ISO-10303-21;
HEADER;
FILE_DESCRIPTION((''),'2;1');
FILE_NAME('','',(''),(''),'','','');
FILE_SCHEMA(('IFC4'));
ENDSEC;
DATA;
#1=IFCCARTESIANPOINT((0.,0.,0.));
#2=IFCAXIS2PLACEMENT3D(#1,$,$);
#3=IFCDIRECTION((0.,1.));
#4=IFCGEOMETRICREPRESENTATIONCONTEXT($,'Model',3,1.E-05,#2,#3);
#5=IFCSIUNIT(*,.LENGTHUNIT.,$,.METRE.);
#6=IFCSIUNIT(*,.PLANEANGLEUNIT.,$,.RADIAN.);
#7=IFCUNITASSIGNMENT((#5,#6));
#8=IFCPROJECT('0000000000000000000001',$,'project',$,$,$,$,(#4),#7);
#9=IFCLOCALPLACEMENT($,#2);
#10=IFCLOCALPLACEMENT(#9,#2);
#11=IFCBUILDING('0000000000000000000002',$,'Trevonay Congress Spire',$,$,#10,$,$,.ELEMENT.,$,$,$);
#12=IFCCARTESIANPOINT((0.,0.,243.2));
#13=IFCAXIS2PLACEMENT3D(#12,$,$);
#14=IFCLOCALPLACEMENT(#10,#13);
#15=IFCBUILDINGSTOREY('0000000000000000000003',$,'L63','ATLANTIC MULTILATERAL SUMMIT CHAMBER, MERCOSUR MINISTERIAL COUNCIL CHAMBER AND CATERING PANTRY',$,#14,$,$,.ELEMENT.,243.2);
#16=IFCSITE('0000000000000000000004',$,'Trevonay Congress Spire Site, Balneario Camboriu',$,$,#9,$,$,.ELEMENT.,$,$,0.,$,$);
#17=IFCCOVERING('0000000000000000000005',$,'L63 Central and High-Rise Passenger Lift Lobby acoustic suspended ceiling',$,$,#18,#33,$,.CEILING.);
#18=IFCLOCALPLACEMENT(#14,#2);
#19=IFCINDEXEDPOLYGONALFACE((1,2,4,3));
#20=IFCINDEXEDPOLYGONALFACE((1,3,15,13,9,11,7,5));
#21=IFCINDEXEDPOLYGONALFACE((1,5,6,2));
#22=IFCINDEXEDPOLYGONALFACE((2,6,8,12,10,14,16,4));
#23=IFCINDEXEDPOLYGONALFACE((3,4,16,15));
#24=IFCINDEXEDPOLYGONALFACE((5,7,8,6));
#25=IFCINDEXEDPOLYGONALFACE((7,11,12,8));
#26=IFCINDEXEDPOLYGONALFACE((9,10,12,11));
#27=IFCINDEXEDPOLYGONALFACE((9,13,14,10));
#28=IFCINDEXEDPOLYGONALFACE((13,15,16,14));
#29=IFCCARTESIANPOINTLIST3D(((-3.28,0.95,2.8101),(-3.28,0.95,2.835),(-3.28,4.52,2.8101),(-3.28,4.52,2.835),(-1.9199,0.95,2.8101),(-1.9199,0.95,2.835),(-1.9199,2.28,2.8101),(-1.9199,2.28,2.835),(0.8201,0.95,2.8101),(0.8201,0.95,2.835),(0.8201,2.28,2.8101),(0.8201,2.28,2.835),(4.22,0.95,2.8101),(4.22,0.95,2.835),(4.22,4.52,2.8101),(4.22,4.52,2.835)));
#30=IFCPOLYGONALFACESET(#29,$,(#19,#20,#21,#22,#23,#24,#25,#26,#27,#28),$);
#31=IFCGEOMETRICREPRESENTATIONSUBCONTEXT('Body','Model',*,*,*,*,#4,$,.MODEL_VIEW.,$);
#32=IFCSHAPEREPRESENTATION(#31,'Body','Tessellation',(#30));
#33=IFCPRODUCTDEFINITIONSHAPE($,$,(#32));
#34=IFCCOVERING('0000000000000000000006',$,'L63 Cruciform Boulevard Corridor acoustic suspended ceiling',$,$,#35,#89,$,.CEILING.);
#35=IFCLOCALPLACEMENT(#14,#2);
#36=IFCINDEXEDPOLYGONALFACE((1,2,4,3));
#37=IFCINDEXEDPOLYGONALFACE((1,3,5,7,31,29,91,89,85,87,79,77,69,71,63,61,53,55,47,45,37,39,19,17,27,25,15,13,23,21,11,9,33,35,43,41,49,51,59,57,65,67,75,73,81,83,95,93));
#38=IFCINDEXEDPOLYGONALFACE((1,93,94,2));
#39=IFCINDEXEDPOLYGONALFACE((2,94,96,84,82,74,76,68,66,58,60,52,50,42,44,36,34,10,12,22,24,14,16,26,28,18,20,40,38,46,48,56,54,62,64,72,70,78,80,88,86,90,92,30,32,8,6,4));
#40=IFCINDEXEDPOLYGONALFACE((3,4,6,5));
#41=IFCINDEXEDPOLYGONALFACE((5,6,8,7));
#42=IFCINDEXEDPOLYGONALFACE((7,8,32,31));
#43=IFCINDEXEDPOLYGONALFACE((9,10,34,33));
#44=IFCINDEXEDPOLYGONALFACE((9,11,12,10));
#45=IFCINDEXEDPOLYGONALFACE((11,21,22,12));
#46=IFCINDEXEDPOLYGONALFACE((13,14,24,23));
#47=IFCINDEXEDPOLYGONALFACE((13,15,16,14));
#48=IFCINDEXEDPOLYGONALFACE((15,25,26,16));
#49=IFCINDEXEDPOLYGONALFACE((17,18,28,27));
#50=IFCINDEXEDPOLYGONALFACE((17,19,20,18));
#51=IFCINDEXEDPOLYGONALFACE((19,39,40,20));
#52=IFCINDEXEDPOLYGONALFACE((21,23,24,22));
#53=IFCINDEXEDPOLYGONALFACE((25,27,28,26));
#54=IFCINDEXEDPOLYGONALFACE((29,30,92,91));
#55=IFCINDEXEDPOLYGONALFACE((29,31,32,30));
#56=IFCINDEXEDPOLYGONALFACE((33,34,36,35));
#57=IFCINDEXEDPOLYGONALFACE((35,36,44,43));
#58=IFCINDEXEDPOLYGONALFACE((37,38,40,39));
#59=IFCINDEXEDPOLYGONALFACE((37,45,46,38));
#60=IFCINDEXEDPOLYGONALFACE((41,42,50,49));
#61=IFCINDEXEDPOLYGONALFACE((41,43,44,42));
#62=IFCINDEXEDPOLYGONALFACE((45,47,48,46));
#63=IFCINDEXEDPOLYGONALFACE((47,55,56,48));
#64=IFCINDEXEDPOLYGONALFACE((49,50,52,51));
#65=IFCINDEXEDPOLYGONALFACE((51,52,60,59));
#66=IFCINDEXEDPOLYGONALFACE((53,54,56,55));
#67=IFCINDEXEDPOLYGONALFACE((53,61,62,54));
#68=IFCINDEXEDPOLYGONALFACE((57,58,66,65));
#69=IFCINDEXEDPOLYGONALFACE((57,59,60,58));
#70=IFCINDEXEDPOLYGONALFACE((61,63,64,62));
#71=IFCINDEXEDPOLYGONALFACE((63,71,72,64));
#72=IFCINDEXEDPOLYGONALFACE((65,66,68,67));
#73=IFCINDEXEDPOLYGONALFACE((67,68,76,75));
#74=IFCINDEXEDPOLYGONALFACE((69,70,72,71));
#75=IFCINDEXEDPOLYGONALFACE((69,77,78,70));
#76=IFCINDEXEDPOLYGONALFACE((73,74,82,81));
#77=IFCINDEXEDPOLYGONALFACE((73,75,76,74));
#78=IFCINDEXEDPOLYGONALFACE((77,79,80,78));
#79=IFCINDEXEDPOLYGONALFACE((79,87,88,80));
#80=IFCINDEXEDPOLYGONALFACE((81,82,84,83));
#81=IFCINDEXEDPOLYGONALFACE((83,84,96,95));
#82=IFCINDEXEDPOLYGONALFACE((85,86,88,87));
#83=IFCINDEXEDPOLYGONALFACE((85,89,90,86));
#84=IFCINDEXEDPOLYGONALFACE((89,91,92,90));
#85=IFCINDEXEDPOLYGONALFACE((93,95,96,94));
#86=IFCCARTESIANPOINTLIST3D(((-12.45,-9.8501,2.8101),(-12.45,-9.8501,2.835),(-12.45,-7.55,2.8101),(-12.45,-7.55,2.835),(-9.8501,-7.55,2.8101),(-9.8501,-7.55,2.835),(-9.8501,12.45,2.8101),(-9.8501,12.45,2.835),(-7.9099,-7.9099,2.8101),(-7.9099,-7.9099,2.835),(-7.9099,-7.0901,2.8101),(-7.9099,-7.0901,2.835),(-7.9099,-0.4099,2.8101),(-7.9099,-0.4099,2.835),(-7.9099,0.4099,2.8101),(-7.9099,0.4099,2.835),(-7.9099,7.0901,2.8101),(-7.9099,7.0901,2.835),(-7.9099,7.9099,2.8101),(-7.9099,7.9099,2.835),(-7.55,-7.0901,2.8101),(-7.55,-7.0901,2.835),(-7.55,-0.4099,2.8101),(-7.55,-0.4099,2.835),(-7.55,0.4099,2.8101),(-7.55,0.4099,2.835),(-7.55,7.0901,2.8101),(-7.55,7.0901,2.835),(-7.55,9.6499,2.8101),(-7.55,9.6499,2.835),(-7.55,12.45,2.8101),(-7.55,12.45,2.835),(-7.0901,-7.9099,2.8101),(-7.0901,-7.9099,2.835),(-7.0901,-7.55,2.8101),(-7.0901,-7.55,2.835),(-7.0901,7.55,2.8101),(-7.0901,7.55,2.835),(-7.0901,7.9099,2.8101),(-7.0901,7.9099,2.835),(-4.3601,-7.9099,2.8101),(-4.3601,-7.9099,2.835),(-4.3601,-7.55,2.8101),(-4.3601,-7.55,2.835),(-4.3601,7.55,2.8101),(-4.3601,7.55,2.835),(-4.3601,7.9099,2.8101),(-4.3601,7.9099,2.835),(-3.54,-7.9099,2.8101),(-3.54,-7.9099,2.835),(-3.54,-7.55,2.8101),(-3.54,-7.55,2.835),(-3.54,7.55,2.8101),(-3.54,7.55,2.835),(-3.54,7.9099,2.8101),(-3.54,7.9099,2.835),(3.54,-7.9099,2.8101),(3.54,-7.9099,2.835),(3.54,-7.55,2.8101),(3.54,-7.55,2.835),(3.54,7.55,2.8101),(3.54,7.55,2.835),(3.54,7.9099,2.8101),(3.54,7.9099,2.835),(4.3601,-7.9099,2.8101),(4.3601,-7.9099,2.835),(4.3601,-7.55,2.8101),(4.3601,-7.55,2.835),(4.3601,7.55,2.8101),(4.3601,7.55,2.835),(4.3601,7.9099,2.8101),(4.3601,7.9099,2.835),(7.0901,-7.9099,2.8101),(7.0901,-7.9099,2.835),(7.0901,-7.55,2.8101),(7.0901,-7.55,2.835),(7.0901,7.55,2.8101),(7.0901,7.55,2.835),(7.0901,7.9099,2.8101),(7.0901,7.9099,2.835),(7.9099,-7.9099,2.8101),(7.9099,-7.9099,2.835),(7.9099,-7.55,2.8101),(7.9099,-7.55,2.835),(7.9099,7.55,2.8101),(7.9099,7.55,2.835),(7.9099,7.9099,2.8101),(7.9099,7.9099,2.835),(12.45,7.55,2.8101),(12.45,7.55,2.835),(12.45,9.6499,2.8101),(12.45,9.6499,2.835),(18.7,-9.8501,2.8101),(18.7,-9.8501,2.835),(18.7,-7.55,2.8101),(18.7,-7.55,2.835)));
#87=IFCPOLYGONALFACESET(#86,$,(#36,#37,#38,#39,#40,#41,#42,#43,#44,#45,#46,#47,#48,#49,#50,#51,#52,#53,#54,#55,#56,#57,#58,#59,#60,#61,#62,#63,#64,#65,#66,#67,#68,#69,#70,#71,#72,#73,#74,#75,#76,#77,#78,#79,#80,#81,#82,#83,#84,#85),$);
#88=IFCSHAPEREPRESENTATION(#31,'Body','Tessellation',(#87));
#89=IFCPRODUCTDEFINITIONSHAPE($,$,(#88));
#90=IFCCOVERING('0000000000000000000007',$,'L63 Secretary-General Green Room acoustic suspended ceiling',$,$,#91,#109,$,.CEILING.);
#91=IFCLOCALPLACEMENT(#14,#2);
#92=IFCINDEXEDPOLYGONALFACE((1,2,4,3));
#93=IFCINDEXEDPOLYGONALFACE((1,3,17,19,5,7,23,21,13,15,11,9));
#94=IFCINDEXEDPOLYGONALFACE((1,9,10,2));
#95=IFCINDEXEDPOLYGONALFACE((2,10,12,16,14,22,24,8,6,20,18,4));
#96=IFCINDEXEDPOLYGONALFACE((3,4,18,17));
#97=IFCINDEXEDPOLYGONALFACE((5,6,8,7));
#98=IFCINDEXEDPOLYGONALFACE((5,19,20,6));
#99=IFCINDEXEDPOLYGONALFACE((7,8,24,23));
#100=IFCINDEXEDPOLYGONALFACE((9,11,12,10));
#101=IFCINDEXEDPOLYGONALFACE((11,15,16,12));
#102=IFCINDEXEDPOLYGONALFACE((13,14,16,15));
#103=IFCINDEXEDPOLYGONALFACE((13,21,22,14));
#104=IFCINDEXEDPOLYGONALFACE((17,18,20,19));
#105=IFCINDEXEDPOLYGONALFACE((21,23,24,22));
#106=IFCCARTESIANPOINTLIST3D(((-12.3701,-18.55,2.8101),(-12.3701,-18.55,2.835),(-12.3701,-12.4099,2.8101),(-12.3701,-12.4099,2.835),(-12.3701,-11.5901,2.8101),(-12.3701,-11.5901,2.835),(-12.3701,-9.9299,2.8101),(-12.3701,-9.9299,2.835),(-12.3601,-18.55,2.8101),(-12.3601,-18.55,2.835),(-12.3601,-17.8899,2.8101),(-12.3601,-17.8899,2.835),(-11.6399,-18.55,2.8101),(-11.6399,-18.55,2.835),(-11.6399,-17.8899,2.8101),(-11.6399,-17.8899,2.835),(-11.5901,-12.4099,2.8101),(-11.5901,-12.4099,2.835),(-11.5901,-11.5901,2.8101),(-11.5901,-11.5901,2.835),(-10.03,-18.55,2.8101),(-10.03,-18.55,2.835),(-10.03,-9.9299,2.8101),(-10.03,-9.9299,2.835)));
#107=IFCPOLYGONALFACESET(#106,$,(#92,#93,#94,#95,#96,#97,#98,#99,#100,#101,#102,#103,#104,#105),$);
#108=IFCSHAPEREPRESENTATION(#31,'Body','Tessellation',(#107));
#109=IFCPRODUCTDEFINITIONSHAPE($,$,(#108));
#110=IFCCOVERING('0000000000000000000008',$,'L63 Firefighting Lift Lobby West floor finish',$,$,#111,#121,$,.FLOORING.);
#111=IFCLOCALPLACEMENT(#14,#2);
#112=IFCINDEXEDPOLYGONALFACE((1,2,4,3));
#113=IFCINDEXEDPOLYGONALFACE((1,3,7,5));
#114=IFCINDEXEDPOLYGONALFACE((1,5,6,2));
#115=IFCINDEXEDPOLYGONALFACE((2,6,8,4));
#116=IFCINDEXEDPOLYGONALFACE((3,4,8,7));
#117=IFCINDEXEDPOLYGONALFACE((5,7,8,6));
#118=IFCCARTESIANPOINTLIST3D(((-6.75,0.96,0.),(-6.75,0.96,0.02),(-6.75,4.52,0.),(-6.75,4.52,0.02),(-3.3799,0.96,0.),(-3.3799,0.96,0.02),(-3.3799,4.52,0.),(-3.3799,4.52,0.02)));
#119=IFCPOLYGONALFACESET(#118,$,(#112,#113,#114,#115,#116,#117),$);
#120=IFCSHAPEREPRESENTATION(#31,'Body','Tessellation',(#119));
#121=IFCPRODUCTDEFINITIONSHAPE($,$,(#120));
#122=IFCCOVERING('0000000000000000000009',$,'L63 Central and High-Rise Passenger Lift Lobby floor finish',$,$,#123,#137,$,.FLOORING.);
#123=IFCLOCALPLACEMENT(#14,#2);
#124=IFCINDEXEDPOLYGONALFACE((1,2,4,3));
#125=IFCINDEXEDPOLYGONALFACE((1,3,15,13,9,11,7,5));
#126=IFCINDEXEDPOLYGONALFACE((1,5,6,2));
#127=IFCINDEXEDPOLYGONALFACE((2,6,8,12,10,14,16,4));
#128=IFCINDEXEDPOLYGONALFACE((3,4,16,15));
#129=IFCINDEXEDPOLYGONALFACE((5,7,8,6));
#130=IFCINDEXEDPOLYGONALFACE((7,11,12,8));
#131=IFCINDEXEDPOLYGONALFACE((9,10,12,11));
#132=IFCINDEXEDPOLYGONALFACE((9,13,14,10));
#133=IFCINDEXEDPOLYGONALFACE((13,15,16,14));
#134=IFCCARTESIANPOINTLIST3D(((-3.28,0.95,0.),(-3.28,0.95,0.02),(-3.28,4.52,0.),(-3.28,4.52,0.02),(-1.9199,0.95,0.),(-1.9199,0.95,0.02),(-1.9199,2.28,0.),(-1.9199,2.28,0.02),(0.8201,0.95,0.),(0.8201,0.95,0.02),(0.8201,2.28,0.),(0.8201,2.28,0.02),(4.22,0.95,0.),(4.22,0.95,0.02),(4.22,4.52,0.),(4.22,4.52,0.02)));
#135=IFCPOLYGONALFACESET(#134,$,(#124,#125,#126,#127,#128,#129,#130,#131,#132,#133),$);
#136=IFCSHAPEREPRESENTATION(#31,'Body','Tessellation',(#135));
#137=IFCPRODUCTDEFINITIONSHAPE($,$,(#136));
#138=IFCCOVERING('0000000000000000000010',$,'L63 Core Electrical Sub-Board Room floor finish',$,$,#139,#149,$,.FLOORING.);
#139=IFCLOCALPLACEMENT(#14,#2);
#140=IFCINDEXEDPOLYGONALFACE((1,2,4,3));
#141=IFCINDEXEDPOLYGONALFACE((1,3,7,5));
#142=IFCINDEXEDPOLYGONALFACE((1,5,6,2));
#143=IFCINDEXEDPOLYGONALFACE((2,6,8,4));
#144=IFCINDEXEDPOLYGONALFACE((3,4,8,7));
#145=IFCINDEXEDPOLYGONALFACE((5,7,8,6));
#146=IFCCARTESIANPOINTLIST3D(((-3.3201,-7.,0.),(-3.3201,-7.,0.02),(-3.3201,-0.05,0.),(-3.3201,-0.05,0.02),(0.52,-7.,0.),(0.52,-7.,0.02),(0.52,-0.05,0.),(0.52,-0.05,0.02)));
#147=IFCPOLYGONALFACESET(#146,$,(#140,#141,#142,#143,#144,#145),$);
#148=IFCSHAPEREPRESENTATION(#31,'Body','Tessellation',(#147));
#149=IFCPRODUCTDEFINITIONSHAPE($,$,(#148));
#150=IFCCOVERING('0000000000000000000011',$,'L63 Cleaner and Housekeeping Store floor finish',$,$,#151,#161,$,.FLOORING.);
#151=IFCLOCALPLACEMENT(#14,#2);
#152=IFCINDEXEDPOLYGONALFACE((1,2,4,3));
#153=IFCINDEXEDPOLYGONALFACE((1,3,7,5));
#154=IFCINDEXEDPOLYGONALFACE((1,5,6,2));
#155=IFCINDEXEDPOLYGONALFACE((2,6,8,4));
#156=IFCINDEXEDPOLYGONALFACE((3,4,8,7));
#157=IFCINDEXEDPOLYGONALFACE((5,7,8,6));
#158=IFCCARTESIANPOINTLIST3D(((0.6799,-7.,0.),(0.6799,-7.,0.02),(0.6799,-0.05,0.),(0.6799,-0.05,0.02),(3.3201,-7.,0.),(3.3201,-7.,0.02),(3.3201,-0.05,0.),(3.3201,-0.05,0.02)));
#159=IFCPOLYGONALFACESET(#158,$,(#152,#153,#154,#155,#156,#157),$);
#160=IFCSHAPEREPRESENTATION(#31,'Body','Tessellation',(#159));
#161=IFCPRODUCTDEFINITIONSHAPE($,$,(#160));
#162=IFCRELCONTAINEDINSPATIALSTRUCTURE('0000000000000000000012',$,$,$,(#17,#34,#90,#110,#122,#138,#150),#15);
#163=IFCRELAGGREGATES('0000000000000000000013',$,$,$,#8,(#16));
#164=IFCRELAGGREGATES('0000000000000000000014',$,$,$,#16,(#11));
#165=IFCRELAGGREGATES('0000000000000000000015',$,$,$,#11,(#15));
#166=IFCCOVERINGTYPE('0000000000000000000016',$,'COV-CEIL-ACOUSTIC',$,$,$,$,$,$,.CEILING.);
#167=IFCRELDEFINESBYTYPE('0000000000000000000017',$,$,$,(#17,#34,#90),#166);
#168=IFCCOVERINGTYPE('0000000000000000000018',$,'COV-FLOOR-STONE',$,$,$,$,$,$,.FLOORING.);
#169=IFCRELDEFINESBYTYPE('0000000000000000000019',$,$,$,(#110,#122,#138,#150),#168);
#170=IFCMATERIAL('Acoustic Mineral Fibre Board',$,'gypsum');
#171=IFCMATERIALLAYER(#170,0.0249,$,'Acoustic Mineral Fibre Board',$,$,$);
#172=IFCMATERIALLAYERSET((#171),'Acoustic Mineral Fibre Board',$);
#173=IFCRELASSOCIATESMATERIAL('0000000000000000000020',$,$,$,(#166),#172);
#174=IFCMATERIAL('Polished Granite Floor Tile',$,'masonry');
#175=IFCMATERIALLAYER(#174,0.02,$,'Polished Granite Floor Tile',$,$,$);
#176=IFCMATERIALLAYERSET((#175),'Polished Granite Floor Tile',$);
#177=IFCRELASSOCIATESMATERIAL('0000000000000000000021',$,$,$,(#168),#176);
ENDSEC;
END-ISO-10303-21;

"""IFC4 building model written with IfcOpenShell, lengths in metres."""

from ifc_helpers import new_model, si_unit, direction, frame, origin, place, context, subcontext, project, spatial, polyline, outline, extrude, material, layer, layer_set, type_object, element, save


model = new_model("IFC4")

# Units and contexts
model_context = context("Model", 3, precision=1e-05, world=origin(), true_north=direction((0.0, 1.0)))
body_context = subcontext(model_context, "Body", "Model", "MODEL_VIEW")
ifc_project = project(units=[si_unit("LENGTHUNIT", "METRE"), si_unit("PLANEANGLEUNIT", "RADIAN")], contexts=[model_context])

# Site, building, storey
site_placement = place(None, origin())
site = spatial("IfcSite", under=ifc_project, at=site_placement, Name="Trevonay Congress Spire Site, Balneario Camboriu", CompositionType="ELEMENT", RefElevation=0.0)
building_placement = place(site_placement, origin())
building = spatial("IfcBuilding", under=site, at=building_placement, Name="Trevonay Congress Spire", CompositionType="ELEMENT")
storey_placement = place(building_placement, frame((0.0, 0.0, 243.2)))
storey = spatial("IfcBuildingStorey", under=building, at=storey_placement, Name="L63", Description="ATLANTIC MULTILATERAL SUMMIT CHAMBER, MERCOSUR MINISTERIAL COUNCIL CHAMBER AND CATERING PANTRY", CompositionType="ELEMENT", Elevation=243.2)

# Coverings
ifc_material_1 = material(Name="Acoustic Mineral Fibre Board", Category="gypsum")
ifc_layer_1 = layer(ifc_material_1, 0.0249, Name="Acoustic Mineral Fibre Board")
ifc_layer_set_1 = layer_set([ifc_layer_1], Name="Acoustic Mineral Fibre Board")
covering_type_1 = type_object("IfcCoveringType", Name="COV-CEIL-ACOUSTIC", PredefinedType="CEILING", material=ifc_layer_set_1)
covering_1_placement = place(storey_placement, frame((0.0, 0.0, 2.8101)))
element("IfcCovering", 1, at=covering_1_placement, inside=storey, type_object=covering_type_1, Name="L63 Central and High-Rise Passenger Lift Lobby acoustic suspended ceiling", PredefinedType="CEILING", context=body_context, shape_type="SweptSolid", body=[
    extrude(outline(polyline([(-3.28, 0.95), (-1.9199, 0.95), (-1.9199, 2.28), (0.8201, 2.28), (0.8201, 0.95), (4.22, 0.95), (4.22, 4.52), (-3.28, 4.52), (-3.28, 0.95)])), origin(), (0.0, 0.0, 1.0), 0.0249),
])
covering_2_placement = place(storey_placement, frame((0.0, 0.0, 2.8101)))
element("IfcCovering", 2, at=covering_2_placement, inside=storey, type_object=covering_type_1, Name="L63 Cruciform Boulevard Corridor acoustic suspended ceiling", PredefinedType="CEILING", context=body_context, shape_type="SweptSolid", body=[
    extrude(outline(polyline([(18.7, -7.55), (18.7, -9.8501), (-12.45, -9.8501), (-12.45, -7.55), (-9.8501, -7.55), (-9.8501, 12.45), (-7.55, 12.45), (-7.55, 9.6499), (12.45, 9.6499), (12.45, 7.55), (7.9099, 7.55), (7.9099, 7.9099), (7.0901, 7.9099), (7.0901, 7.55), (4.3601, 7.55), (4.3601, 7.9099), (3.54, 7.9099), (3.54, 7.55), (-3.54, 7.55), (-3.54, 7.9099), (-4.3601, 7.9099), (-4.3601, 7.55), (-7.0901, 7.55), (-7.0901, 7.9099), (-7.9099, 7.9099), (-7.9099, 7.0901), (-7.55, 7.0901), (-7.55, 0.4099), (-7.9099, 0.4099), (-7.9099, -0.4099), (-7.55, -0.4099), (-7.55, -7.0901), (-7.9099, -7.0901), (-7.9099, -7.9099), (-7.0901, -7.9099), (-7.0901, -7.55), (-4.3601, -7.55), (-4.3601, -7.9099), (-3.54, -7.9099), (-3.54, -7.55), (3.54, -7.55), (3.54, -7.9099), (4.3601, -7.9099), (4.3601, -7.55), (7.0901, -7.55), (7.0901, -7.9099), (7.9099, -7.9099), (7.9099, -7.55), (18.7, -7.55)])), origin(), (0.0, 0.0, 1.0), 0.0249),
])
covering_3_placement = place(storey_placement, frame((0.0, 0.0, 2.8101)))
element("IfcCovering", 3, at=covering_3_placement, inside=storey, type_object=covering_type_1, Name="L63 Secretary-General Green Room acoustic suspended ceiling", PredefinedType="CEILING", context=body_context, shape_type="SweptSolid", body=[
    extrude(outline(polyline([(-12.3701, -18.55), (-12.3701, -12.4099), (-11.5901, -12.4099), (-11.5901, -11.5901), (-12.3701, -11.5901), (-12.3701, -9.9299), (-10.03, -9.9299), (-10.03, -18.55), (-11.6399, -18.55), (-11.6399, -17.8899), (-12.3601, -17.8899), (-12.3601, -18.55), (-12.3701, -18.55)])), origin(), (0.0, 0.0, 1.0), 0.0249),
])
ifc_material_2 = material(Name="Polished Granite Floor Tile", Category="masonry")
ifc_layer_2 = layer(ifc_material_2, 0.02, Name="Polished Granite Floor Tile")
ifc_layer_set_2 = layer_set([ifc_layer_2], Name="Polished Granite Floor Tile")
covering_type_2 = type_object("IfcCoveringType", Name="COV-FLOOR-STONE", PredefinedType="FLOORING", material=ifc_layer_set_2)
covering_4_placement = place(storey_placement, origin())
element("IfcCovering", 4, at=covering_4_placement, inside=storey, type_object=covering_type_2, Name="L63 Firefighting Lift Lobby West floor finish", PredefinedType="FLOORING", context=body_context, shape_type="SweptSolid", body=[
    extrude(outline(polyline([(-6.75, 0.96), (-3.3799, 0.96), (-3.3799, 4.52), (-6.75, 4.52), (-6.75, 0.96)])), origin(), (0.0, 0.0, 1.0), 0.02),
])
covering_5_placement = place(storey_placement, origin())
element("IfcCovering", 5, at=covering_5_placement, inside=storey, type_object=covering_type_2, Name="L63 Central and High-Rise Passenger Lift Lobby floor finish", PredefinedType="FLOORING", context=body_context, shape_type="SweptSolid", body=[
    extrude(outline(polyline([(-3.28, 0.95), (-1.9199, 0.95), (-1.9199, 2.28), (0.8201, 2.28), (0.8201, 0.95), (4.22, 0.95), (4.22, 4.52), (-3.28, 4.52), (-3.28, 0.95)])), origin(), (0.0, 0.0, 1.0), 0.02),
])
covering_6_placement = place(storey_placement, origin())
element("IfcCovering", 6, at=covering_6_placement, inside=storey, type_object=covering_type_2, Name="L63 Core Electrical Sub-Board Room floor finish", PredefinedType="FLOORING", context=body_context, shape_type="SweptSolid", body=[
    extrude(outline(polyline([(-3.3201, -7.0), (0.52, -7.0), (0.52, -0.05), (-3.3201, -0.05), (-3.3201, -7.0)])), origin(), (0.0, 0.0, 1.0), 0.02),
])
covering_7_placement = place(storey_placement, origin())
element("IfcCovering", 7, at=covering_7_placement, inside=storey, type_object=covering_type_2, Name="L63 Cleaner and Housekeeping Store floor finish", PredefinedType="FLOORING", context=body_context, shape_type="SweptSolid", body=[
    extrude(outline(polyline([(0.6799, -7.0), (3.3201, -7.0), (3.3201, -0.05), (0.6799, -0.05), (0.6799, -7.0)])), origin(), (0.0, 0.0, 1.0), 0.02),
])

save(model, "model.ifc")
